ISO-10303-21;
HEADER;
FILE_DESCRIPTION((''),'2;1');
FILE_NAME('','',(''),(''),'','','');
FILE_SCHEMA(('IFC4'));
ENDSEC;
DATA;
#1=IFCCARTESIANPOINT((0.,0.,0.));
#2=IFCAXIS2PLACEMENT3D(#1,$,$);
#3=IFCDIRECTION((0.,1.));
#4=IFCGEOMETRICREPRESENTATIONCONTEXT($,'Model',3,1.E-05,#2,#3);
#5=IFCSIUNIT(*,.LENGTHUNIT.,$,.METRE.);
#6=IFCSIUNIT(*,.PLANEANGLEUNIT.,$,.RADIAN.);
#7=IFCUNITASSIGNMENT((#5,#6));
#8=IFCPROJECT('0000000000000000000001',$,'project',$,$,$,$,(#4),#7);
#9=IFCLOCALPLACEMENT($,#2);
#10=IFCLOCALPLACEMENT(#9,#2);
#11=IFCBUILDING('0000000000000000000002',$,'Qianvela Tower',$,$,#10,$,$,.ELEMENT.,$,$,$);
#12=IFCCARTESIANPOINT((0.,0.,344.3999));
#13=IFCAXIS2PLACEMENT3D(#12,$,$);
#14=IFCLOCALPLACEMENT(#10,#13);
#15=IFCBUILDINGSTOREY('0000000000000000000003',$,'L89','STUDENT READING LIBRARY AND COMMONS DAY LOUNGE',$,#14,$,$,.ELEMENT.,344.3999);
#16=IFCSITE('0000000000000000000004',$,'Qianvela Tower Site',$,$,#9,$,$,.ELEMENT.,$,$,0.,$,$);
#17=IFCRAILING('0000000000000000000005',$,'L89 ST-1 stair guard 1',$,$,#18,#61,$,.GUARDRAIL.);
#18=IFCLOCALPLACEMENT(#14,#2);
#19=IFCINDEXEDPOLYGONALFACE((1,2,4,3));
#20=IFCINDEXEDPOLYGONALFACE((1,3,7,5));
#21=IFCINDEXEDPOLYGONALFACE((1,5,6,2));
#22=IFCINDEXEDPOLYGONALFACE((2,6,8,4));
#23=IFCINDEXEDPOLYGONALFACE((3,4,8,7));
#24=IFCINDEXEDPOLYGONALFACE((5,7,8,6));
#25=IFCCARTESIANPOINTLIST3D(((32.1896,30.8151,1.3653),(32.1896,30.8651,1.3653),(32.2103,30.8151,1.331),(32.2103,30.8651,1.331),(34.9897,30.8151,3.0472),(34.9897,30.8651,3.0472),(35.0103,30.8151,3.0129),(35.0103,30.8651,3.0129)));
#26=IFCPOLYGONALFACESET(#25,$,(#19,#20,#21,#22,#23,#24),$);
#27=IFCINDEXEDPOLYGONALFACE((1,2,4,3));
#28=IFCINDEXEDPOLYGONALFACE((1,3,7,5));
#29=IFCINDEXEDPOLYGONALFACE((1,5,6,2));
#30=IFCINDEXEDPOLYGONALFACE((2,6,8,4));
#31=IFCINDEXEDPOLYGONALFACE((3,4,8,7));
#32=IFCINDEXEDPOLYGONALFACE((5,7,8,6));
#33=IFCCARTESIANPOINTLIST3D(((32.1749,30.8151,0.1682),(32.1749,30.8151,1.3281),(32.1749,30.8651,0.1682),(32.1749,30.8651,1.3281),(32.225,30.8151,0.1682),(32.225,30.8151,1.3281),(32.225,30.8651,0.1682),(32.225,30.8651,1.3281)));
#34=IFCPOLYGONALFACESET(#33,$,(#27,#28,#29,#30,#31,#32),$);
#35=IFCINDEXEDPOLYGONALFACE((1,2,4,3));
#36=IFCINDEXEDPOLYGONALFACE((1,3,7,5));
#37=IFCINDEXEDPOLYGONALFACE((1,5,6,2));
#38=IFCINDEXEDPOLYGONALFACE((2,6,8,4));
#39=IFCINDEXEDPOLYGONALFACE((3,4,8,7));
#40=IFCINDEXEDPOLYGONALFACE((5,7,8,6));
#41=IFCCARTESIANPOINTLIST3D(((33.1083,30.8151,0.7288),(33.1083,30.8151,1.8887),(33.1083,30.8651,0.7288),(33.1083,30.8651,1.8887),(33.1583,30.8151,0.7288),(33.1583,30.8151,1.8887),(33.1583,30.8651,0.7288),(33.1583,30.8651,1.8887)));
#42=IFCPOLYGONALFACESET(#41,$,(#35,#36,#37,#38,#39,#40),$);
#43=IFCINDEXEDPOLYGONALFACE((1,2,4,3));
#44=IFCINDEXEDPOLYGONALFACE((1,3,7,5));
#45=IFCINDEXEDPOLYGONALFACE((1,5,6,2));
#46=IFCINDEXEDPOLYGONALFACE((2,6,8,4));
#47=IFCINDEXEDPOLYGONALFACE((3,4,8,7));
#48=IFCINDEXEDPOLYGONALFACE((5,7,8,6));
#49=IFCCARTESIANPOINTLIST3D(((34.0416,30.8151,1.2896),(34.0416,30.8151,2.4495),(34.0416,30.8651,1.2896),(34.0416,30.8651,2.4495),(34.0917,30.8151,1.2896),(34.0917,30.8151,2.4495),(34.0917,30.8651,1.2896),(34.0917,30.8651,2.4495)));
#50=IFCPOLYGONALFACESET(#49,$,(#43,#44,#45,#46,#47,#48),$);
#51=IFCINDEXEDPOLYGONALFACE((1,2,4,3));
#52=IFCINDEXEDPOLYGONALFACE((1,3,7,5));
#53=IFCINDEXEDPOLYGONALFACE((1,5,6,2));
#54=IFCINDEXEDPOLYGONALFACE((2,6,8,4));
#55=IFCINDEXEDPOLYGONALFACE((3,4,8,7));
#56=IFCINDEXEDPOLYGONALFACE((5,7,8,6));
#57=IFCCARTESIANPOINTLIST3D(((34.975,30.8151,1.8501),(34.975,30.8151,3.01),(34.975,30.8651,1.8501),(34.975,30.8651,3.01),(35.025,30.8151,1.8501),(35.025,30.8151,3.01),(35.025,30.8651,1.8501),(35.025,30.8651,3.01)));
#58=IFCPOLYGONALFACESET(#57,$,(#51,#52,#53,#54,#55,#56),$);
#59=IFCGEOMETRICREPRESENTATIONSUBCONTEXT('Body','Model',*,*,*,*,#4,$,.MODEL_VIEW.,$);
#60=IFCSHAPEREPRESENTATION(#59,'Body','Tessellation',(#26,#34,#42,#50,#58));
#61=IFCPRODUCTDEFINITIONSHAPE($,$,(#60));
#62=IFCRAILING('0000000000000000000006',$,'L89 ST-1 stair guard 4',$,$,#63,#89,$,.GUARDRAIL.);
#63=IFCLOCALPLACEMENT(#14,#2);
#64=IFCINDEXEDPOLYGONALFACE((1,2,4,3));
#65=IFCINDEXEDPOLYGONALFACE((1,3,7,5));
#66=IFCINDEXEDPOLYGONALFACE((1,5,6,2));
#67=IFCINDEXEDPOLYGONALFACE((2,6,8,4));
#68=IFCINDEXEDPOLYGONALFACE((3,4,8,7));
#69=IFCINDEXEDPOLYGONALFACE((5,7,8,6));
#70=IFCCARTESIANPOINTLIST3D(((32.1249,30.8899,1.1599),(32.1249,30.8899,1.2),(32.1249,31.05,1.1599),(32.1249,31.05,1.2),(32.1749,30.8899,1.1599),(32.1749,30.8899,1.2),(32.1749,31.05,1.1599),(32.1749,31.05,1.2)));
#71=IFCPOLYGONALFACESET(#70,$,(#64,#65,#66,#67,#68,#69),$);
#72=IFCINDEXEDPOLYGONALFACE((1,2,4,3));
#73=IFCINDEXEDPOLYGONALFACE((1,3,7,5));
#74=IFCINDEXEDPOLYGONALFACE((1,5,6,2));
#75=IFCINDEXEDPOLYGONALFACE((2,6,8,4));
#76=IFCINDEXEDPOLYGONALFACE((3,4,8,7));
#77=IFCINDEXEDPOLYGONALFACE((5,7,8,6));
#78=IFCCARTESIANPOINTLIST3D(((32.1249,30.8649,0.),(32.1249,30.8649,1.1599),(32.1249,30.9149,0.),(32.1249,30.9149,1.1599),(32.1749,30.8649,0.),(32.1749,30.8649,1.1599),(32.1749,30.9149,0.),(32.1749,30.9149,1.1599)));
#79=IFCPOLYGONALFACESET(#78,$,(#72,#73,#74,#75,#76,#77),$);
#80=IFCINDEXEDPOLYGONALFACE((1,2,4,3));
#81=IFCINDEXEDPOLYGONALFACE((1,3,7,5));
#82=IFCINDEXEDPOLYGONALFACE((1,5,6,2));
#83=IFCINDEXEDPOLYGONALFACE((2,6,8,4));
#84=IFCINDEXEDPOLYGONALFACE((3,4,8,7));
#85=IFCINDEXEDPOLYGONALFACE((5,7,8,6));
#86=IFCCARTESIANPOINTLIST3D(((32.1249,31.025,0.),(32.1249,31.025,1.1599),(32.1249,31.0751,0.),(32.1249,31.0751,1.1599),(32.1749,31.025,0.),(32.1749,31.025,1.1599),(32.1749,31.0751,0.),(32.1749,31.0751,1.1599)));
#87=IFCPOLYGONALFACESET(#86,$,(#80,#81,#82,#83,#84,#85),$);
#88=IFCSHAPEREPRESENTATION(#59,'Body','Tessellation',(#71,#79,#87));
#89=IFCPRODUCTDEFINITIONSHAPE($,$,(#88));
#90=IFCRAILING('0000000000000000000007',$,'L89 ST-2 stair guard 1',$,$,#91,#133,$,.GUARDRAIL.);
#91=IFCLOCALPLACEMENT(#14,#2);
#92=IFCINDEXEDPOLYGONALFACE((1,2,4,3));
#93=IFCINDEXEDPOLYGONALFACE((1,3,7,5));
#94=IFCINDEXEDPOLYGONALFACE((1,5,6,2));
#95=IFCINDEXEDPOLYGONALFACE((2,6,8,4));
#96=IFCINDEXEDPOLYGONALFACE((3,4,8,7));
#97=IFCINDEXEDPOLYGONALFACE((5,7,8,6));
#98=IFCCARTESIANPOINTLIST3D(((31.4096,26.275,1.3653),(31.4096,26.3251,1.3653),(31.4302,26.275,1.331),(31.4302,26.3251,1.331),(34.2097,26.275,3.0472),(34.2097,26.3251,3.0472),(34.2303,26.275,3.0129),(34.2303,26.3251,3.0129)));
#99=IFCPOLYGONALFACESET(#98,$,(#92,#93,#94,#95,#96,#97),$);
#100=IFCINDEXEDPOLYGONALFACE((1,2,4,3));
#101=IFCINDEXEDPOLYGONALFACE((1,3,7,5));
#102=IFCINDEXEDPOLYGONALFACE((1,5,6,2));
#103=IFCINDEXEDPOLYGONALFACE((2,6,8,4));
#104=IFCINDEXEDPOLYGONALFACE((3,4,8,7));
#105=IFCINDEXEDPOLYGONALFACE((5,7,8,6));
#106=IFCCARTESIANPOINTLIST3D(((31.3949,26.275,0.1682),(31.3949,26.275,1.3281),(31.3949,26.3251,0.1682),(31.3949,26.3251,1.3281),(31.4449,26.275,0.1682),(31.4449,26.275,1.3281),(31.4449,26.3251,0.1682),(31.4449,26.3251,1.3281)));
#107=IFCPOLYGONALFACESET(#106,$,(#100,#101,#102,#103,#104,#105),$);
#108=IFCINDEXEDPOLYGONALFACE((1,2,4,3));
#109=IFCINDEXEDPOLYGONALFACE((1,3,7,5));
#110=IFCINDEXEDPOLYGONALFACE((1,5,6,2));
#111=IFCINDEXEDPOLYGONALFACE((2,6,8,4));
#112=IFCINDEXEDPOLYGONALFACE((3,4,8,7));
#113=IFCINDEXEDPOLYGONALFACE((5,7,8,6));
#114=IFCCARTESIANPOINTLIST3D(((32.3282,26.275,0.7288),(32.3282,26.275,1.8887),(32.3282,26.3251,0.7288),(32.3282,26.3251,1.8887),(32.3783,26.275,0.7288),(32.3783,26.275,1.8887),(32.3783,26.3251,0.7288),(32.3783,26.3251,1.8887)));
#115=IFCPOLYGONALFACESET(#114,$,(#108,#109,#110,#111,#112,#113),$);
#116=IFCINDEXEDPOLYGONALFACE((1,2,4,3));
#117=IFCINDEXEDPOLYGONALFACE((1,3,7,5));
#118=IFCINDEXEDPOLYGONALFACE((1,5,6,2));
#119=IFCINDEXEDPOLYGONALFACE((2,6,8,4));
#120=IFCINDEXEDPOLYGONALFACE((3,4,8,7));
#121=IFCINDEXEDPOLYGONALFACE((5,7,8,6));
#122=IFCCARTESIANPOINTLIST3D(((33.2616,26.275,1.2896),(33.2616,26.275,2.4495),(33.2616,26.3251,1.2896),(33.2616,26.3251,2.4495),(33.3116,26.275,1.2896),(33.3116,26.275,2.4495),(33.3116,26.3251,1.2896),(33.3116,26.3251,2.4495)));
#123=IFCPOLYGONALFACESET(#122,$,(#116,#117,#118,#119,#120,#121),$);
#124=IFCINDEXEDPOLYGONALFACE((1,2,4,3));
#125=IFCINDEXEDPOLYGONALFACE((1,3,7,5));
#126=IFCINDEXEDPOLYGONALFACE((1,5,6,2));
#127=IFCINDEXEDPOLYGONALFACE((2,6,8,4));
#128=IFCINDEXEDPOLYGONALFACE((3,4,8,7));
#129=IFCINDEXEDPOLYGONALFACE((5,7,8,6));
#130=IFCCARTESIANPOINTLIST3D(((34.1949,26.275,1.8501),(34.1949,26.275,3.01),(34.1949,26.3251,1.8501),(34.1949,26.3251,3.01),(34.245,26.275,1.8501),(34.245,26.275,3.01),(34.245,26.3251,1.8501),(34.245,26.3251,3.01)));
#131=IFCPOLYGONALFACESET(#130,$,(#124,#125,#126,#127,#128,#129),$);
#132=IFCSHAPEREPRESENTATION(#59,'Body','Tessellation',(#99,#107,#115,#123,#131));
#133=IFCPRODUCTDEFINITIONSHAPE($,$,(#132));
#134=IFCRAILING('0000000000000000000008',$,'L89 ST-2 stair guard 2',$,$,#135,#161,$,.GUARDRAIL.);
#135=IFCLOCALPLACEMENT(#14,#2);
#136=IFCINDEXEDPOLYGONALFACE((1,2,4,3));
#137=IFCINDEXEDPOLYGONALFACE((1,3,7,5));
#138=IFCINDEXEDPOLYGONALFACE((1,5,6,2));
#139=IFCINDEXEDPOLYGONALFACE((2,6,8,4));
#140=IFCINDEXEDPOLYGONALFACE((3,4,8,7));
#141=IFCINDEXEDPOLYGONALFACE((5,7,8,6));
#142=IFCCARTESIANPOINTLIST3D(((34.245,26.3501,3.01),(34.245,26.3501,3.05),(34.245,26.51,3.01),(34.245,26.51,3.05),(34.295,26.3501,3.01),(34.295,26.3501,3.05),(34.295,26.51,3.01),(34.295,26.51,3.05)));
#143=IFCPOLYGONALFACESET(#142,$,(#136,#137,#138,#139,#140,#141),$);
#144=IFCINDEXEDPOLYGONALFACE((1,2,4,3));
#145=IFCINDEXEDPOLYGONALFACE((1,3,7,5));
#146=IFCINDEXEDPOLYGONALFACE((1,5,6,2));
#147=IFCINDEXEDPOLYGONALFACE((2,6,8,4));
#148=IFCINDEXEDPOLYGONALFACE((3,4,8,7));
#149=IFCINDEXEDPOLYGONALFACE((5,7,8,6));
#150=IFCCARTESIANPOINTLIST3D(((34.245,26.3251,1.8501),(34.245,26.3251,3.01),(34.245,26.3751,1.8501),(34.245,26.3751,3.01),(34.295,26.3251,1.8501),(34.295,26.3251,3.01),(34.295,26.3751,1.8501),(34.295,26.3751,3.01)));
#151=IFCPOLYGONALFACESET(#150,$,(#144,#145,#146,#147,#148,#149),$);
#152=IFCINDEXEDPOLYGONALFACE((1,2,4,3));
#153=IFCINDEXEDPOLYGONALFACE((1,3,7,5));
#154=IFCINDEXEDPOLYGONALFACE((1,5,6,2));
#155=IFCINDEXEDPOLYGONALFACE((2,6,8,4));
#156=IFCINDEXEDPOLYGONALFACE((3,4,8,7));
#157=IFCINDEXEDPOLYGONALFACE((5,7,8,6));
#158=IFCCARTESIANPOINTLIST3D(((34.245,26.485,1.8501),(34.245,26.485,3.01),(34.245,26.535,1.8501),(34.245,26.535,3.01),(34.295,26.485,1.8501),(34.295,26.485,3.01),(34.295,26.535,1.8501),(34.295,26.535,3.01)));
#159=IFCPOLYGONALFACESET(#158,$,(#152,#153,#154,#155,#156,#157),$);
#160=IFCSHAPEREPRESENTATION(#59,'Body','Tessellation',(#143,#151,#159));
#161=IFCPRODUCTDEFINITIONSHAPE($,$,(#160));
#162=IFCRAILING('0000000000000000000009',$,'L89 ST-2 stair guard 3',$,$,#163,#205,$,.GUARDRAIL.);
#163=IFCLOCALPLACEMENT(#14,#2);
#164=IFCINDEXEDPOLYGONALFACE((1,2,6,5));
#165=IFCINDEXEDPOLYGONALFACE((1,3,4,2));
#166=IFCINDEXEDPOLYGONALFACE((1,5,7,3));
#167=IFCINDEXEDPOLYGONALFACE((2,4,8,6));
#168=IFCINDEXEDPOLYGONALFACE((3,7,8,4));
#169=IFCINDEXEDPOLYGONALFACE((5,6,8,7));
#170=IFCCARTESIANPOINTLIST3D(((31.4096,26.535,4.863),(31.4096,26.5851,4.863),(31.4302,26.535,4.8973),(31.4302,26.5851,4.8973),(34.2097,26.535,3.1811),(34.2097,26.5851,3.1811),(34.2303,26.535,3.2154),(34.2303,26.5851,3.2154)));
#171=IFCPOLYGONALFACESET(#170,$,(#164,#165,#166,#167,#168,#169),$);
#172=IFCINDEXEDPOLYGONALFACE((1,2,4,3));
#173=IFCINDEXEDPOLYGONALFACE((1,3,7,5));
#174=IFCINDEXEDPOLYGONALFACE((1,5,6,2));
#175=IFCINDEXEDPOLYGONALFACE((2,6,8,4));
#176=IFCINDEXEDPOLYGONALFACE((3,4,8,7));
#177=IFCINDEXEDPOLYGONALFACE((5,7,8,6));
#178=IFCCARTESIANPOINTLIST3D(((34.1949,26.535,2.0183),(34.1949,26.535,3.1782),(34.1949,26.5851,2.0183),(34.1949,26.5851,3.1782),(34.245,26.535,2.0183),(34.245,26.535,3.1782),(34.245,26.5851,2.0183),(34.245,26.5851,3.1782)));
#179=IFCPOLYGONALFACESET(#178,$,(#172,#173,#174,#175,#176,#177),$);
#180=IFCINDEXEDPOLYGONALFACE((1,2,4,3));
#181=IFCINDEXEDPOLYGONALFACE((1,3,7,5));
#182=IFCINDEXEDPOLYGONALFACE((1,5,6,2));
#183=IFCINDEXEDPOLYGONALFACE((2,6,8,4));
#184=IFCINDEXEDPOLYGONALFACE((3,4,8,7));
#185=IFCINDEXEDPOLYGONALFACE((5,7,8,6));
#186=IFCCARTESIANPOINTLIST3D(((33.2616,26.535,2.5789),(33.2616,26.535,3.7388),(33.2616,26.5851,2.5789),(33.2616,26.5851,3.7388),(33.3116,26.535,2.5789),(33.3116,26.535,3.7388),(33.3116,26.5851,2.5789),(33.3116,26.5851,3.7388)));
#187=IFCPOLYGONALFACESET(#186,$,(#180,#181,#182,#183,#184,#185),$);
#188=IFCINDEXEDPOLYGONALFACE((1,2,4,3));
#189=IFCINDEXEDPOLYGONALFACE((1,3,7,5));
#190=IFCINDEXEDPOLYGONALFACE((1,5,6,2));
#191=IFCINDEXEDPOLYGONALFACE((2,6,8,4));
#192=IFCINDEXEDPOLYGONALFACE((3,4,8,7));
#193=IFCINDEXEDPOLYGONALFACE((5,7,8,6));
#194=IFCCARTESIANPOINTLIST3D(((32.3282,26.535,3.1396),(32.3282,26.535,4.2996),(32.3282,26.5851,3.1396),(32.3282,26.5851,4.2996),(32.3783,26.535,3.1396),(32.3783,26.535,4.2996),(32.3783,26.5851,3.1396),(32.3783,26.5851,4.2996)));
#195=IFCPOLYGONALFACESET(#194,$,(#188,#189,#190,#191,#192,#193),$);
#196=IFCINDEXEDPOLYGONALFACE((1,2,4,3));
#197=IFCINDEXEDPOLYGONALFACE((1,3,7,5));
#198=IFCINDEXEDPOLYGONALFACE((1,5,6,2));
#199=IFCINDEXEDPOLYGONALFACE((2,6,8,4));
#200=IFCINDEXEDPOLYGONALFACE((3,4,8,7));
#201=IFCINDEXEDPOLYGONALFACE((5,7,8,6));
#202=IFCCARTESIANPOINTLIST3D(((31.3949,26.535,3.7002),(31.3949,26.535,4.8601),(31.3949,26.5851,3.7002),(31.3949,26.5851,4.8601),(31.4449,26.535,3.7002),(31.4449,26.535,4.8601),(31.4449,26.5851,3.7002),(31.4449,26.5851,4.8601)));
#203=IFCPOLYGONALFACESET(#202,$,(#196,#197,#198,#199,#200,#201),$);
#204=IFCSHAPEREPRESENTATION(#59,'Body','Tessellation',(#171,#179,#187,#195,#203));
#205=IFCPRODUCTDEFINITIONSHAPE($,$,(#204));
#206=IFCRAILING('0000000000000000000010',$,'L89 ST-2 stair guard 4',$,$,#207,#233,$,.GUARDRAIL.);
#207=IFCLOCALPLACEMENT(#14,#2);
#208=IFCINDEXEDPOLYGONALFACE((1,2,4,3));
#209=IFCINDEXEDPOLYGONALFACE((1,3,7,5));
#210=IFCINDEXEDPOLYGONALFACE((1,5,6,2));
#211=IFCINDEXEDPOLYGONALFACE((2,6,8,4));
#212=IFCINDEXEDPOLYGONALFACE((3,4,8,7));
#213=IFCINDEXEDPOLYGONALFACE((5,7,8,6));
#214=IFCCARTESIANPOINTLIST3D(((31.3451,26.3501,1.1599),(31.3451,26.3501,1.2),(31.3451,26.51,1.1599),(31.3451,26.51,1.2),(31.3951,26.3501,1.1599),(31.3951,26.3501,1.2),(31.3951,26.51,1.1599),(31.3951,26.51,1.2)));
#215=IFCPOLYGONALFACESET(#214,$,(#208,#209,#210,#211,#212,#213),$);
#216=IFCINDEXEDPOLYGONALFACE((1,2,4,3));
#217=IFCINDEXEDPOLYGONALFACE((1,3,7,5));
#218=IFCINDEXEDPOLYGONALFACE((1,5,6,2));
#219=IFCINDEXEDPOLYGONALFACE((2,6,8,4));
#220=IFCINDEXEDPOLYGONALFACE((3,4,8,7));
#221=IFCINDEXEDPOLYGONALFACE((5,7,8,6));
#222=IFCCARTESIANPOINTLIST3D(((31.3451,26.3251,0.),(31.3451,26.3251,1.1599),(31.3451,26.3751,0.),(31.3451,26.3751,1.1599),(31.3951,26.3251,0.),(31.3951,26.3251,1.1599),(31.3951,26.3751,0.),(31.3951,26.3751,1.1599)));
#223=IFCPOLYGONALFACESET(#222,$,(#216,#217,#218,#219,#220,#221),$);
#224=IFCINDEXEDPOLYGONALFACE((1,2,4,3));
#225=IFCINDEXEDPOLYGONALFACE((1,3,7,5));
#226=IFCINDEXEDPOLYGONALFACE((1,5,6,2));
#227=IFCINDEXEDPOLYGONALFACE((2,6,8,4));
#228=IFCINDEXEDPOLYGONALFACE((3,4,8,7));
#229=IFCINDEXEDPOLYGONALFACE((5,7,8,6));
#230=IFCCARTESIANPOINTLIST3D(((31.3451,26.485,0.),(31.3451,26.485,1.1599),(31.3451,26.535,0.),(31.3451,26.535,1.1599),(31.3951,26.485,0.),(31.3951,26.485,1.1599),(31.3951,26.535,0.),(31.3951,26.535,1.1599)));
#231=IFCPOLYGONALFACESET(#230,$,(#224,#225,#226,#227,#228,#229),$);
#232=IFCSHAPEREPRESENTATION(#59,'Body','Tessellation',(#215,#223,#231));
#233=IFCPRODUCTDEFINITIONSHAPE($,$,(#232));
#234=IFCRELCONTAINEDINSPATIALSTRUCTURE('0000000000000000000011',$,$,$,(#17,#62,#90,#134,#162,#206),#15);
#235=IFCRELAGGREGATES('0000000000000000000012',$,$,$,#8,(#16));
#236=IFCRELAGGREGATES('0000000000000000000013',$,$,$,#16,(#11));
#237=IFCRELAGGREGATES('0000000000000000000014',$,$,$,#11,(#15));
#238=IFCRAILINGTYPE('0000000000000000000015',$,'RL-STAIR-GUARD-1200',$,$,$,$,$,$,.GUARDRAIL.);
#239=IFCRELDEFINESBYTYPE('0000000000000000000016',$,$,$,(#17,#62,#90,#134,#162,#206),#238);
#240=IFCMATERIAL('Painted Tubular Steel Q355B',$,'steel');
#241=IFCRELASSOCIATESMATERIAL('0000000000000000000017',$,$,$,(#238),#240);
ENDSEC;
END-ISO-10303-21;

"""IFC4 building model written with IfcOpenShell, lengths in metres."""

from ifc_helpers import new_model, si_unit, direction, frame, origin, origin_2d, place, context, subcontext, project, spatial, rectangle, extrude, material, type_object, element, save


model = new_model("IFC4")

# Units and contexts
model_context = context("Model", 3, precision=1e-05, world=origin(), true_north=direction((0.0, 1.0)))
body_context = subcontext(model_context, "Body", "Model", "MODEL_VIEW")
ifc_project = project(units=[si_unit("LENGTHUNIT", "METRE"), si_unit("PLANEANGLEUNIT", "RADIAN")], contexts=[model_context])

# Site, building, storey
site_placement = place(None, origin())
site = spatial("IfcSite", under=ifc_project, at=site_placement, Name="Qianvela Tower Site", CompositionType="ELEMENT", RefElevation=0.0)
building_placement = place(site_placement, origin())
building = spatial("IfcBuilding", under=site, at=building_placement, Name="Qianvela Tower", CompositionType="ELEMENT")
storey_placement = place(building_placement, frame((0.0, 0.0, 344.3999)))
storey = spatial("IfcBuildingStorey", under=building, at=storey_placement, Name="L89", Description="STUDENT READING LIBRARY AND COMMONS DAY LOUNGE", CompositionType="ELEMENT", Elevation=344.3999)

# Railings
ifc_material_1 = material(Name="Painted Tubular Steel Q355B", Category="steel")
railing_type_1 = type_object("IfcRailingType", Name="RL-STAIR-GUARD-1200", PredefinedType="GUARDRAIL", material=ifc_material_1)
railing_1_placement = place(storey_placement, frame((32.2, 30.8401, 0.1682)))
element("IfcRailing", 1, at=railing_1_placement, inside=storey, type_object=railing_type_1, Name="L89 ST-1 stair guard 1", PredefinedType="GUARDRAIL", context=body_context, shape_type="SweptSolid", body=[
    extrude(rectangle(XDim=0.05, YDim=0.04, at=origin_2d()), frame((0.0, 0.0, 1.1799), z_axis=(0.857242, 0.0, 0.514913), x_axis=(0.0, 1.0, 0.0)), (0.0, 0.0, 1.0), 3.2664),
    extrude(rectangle(XDim=0.05, YDim=0.05, at=origin_2d()), origin(), (0.0, 0.0, 1.0), 1.1599),
    extrude(rectangle(XDim=0.05, YDim=0.05, at=origin_2d()), frame((0.9333, 0.0, 0.5605)), (0.0, 0.0, 1.0), 1.1599),
    extrude(rectangle(XDim=0.05, YDim=0.05, at=origin_2d()), frame((1.8667, 0.0, 1.1213)), (0.0, 0.0, 1.0), 1.1599),
    extrude(rectangle(XDim=0.05, YDim=0.05, at=origin_2d()), frame((2.8, 0.0, 1.6819)), (0.0, 0.0, 1.0), 1.1599),
])
railing_2_placement = place(storey_placement, frame((32.1499, 30.8899, 0.0)))
element("IfcRailing", 2, at=railing_2_placement, inside=storey, type_object=railing_type_1, Name="L89 ST-1 stair guard 4", PredefinedType="GUARDRAIL", context=body_context, shape_type="SweptSolid", body=[
    extrude(rectangle(XDim=0.05, YDim=0.04, at=origin_2d()), frame((0.0, 0.0, 1.1799), z_axis=(0.0, 1.0, 0.0), x_axis=(-1.0, 0.0, 0.0)), (0.0, 0.0, 1.0), 0.1602),
    extrude(rectangle(XDim=0.05, YDim=0.05, at=origin_2d()), origin(), (0.0, 0.0, 1.0), 1.1599),
    extrude(rectangle(XDim=0.05, YDim=0.05, at=origin_2d()), frame((0.0, 0.1602, 0.0)), (0.0, 0.0, 1.0), 1.1599),
])
railing_3_placement = place(storey_placement, frame((31.4199, 26.3, 0.1682)))
element("IfcRailing", 3, at=railing_3_placement, inside=storey, type_object=railing_type_1, Name="L89 ST-2 stair guard 1", PredefinedType="GUARDRAIL", context=body_context, shape_type="SweptSolid", body=[
    extrude(rectangle(XDim=0.05, YDim=0.04, at=origin_2d()), frame((0.0, 0.0, 1.1799), z_axis=(0.857242, 0.0, 0.514913), x_axis=(0.0, 1.0, 0.0)), (0.0, 0.0, 1.0), 3.2664),
    extrude(rectangle(XDim=0.05, YDim=0.05, at=origin_2d()), origin(), (0.0, 0.0, 1.0), 1.1599),
    extrude(rectangle(XDim=0.05, YDim=0.05, at=origin_2d()), frame((0.9333, 0.0, 0.5605)), (0.0, 0.0, 1.0), 1.1599),
    extrude(rectangle(XDim=0.05, YDim=0.05, at=origin_2d()), frame((1.8667, 0.0, 1.1213)), (0.0, 0.0, 1.0), 1.1599),
    extrude(rectangle(XDim=0.05, YDim=0.05, at=origin_2d()), frame((2.8, 0.0, 1.6819)), (0.0, 0.0, 1.0), 1.1599),
])
railing_4_placement = place(storey_placement, frame((34.27, 26.3501, 1.8501)))
element("IfcRailing", 4, at=railing_4_placement, inside=storey, type_object=railing_type_1, Name="L89 ST-2 stair guard 2", PredefinedType="GUARDRAIL", context=body_context, shape_type="SweptSolid", body=[
    extrude(rectangle(XDim=0.05, YDim=0.04, at=origin_2d()), frame((0.0, 0.0, 1.1799), z_axis=(0.0, 1.0, 0.0), x_axis=(-1.0, 0.0, 0.0)), (0.0, 0.0, 1.0), 0.1599),
    extrude(rectangle(XDim=0.05, YDim=0.05, at=origin_2d()), origin(), (0.0, 0.0, 1.0), 1.1599),
    extrude(rectangle(XDim=0.05, YDim=0.05, at=origin_2d()), frame((0.0, 0.1599, 0.0)), (0.0, 0.0, 1.0), 1.1599),
])
railing_5_placement = place(storey_placement, frame((34.22, 26.5601, 2.0183)))
element("IfcRailing", 5, at=railing_5_placement, inside=storey, type_object=railing_type_1, Name="L89 ST-2 stair guard 3", PredefinedType="GUARDRAIL", context=body_context, shape_type="SweptSolid", body=[
    extrude(rectangle(XDim=0.05, YDim=0.04, at=origin_2d()), frame((0.0, 0.0, 1.1799), z_axis=(-0.857242, 0.0, 0.514913), x_axis=(0.0, -1.0, 0.0)), (0.0, 0.0, 1.0), 3.2664),
    extrude(rectangle(XDim=0.05, YDim=0.05, at=origin_2d()), origin(), (0.0, 0.0, 1.0), 1.1599),
    extrude(rectangle(XDim=0.05, YDim=0.05, at=origin_2d()), frame((-0.9333, 0.0, 0.5605)), (0.0, 0.0, 1.0), 1.1599),
    extrude(rectangle(XDim=0.05, YDim=0.05, at=origin_2d()), frame((-1.8667, 0.0, 1.1213)), (0.0, 0.0, 1.0), 1.1599),
    extrude(rectangle(XDim=0.05, YDim=0.05, at=origin_2d()), frame((-2.8, 0.0, 1.6819)), (0.0, 0.0, 1.0), 1.1599),
])
railing_6_placement = place(storey_placement, frame((31.3701, 26.3501, 0.0)))
element("IfcRailing", 6, at=railing_6_placement, inside=storey, type_object=railing_type_1, Name="L89 ST-2 stair guard 4", PredefinedType="GUARDRAIL", context=body_context, shape_type="SweptSolid", body=[
    extrude(rectangle(XDim=0.05, YDim=0.04, at=origin_2d()), frame((0.0, 0.0, 1.1799), z_axis=(0.0, 1.0, 0.0), x_axis=(-1.0, 0.0, 0.0)), (0.0, 0.0, 1.0), 0.1599),
    extrude(rectangle(XDim=0.05, YDim=0.05, at=origin_2d()), origin(), (0.0, 0.0, 1.0), 1.1599),
    extrude(rectangle(XDim=0.05, YDim=0.05, at=origin_2d()), frame((0.0, 0.1599, 0.0)), (0.0, 0.0, 1.0), 1.1599),
])

save(model, "model.ifc")
